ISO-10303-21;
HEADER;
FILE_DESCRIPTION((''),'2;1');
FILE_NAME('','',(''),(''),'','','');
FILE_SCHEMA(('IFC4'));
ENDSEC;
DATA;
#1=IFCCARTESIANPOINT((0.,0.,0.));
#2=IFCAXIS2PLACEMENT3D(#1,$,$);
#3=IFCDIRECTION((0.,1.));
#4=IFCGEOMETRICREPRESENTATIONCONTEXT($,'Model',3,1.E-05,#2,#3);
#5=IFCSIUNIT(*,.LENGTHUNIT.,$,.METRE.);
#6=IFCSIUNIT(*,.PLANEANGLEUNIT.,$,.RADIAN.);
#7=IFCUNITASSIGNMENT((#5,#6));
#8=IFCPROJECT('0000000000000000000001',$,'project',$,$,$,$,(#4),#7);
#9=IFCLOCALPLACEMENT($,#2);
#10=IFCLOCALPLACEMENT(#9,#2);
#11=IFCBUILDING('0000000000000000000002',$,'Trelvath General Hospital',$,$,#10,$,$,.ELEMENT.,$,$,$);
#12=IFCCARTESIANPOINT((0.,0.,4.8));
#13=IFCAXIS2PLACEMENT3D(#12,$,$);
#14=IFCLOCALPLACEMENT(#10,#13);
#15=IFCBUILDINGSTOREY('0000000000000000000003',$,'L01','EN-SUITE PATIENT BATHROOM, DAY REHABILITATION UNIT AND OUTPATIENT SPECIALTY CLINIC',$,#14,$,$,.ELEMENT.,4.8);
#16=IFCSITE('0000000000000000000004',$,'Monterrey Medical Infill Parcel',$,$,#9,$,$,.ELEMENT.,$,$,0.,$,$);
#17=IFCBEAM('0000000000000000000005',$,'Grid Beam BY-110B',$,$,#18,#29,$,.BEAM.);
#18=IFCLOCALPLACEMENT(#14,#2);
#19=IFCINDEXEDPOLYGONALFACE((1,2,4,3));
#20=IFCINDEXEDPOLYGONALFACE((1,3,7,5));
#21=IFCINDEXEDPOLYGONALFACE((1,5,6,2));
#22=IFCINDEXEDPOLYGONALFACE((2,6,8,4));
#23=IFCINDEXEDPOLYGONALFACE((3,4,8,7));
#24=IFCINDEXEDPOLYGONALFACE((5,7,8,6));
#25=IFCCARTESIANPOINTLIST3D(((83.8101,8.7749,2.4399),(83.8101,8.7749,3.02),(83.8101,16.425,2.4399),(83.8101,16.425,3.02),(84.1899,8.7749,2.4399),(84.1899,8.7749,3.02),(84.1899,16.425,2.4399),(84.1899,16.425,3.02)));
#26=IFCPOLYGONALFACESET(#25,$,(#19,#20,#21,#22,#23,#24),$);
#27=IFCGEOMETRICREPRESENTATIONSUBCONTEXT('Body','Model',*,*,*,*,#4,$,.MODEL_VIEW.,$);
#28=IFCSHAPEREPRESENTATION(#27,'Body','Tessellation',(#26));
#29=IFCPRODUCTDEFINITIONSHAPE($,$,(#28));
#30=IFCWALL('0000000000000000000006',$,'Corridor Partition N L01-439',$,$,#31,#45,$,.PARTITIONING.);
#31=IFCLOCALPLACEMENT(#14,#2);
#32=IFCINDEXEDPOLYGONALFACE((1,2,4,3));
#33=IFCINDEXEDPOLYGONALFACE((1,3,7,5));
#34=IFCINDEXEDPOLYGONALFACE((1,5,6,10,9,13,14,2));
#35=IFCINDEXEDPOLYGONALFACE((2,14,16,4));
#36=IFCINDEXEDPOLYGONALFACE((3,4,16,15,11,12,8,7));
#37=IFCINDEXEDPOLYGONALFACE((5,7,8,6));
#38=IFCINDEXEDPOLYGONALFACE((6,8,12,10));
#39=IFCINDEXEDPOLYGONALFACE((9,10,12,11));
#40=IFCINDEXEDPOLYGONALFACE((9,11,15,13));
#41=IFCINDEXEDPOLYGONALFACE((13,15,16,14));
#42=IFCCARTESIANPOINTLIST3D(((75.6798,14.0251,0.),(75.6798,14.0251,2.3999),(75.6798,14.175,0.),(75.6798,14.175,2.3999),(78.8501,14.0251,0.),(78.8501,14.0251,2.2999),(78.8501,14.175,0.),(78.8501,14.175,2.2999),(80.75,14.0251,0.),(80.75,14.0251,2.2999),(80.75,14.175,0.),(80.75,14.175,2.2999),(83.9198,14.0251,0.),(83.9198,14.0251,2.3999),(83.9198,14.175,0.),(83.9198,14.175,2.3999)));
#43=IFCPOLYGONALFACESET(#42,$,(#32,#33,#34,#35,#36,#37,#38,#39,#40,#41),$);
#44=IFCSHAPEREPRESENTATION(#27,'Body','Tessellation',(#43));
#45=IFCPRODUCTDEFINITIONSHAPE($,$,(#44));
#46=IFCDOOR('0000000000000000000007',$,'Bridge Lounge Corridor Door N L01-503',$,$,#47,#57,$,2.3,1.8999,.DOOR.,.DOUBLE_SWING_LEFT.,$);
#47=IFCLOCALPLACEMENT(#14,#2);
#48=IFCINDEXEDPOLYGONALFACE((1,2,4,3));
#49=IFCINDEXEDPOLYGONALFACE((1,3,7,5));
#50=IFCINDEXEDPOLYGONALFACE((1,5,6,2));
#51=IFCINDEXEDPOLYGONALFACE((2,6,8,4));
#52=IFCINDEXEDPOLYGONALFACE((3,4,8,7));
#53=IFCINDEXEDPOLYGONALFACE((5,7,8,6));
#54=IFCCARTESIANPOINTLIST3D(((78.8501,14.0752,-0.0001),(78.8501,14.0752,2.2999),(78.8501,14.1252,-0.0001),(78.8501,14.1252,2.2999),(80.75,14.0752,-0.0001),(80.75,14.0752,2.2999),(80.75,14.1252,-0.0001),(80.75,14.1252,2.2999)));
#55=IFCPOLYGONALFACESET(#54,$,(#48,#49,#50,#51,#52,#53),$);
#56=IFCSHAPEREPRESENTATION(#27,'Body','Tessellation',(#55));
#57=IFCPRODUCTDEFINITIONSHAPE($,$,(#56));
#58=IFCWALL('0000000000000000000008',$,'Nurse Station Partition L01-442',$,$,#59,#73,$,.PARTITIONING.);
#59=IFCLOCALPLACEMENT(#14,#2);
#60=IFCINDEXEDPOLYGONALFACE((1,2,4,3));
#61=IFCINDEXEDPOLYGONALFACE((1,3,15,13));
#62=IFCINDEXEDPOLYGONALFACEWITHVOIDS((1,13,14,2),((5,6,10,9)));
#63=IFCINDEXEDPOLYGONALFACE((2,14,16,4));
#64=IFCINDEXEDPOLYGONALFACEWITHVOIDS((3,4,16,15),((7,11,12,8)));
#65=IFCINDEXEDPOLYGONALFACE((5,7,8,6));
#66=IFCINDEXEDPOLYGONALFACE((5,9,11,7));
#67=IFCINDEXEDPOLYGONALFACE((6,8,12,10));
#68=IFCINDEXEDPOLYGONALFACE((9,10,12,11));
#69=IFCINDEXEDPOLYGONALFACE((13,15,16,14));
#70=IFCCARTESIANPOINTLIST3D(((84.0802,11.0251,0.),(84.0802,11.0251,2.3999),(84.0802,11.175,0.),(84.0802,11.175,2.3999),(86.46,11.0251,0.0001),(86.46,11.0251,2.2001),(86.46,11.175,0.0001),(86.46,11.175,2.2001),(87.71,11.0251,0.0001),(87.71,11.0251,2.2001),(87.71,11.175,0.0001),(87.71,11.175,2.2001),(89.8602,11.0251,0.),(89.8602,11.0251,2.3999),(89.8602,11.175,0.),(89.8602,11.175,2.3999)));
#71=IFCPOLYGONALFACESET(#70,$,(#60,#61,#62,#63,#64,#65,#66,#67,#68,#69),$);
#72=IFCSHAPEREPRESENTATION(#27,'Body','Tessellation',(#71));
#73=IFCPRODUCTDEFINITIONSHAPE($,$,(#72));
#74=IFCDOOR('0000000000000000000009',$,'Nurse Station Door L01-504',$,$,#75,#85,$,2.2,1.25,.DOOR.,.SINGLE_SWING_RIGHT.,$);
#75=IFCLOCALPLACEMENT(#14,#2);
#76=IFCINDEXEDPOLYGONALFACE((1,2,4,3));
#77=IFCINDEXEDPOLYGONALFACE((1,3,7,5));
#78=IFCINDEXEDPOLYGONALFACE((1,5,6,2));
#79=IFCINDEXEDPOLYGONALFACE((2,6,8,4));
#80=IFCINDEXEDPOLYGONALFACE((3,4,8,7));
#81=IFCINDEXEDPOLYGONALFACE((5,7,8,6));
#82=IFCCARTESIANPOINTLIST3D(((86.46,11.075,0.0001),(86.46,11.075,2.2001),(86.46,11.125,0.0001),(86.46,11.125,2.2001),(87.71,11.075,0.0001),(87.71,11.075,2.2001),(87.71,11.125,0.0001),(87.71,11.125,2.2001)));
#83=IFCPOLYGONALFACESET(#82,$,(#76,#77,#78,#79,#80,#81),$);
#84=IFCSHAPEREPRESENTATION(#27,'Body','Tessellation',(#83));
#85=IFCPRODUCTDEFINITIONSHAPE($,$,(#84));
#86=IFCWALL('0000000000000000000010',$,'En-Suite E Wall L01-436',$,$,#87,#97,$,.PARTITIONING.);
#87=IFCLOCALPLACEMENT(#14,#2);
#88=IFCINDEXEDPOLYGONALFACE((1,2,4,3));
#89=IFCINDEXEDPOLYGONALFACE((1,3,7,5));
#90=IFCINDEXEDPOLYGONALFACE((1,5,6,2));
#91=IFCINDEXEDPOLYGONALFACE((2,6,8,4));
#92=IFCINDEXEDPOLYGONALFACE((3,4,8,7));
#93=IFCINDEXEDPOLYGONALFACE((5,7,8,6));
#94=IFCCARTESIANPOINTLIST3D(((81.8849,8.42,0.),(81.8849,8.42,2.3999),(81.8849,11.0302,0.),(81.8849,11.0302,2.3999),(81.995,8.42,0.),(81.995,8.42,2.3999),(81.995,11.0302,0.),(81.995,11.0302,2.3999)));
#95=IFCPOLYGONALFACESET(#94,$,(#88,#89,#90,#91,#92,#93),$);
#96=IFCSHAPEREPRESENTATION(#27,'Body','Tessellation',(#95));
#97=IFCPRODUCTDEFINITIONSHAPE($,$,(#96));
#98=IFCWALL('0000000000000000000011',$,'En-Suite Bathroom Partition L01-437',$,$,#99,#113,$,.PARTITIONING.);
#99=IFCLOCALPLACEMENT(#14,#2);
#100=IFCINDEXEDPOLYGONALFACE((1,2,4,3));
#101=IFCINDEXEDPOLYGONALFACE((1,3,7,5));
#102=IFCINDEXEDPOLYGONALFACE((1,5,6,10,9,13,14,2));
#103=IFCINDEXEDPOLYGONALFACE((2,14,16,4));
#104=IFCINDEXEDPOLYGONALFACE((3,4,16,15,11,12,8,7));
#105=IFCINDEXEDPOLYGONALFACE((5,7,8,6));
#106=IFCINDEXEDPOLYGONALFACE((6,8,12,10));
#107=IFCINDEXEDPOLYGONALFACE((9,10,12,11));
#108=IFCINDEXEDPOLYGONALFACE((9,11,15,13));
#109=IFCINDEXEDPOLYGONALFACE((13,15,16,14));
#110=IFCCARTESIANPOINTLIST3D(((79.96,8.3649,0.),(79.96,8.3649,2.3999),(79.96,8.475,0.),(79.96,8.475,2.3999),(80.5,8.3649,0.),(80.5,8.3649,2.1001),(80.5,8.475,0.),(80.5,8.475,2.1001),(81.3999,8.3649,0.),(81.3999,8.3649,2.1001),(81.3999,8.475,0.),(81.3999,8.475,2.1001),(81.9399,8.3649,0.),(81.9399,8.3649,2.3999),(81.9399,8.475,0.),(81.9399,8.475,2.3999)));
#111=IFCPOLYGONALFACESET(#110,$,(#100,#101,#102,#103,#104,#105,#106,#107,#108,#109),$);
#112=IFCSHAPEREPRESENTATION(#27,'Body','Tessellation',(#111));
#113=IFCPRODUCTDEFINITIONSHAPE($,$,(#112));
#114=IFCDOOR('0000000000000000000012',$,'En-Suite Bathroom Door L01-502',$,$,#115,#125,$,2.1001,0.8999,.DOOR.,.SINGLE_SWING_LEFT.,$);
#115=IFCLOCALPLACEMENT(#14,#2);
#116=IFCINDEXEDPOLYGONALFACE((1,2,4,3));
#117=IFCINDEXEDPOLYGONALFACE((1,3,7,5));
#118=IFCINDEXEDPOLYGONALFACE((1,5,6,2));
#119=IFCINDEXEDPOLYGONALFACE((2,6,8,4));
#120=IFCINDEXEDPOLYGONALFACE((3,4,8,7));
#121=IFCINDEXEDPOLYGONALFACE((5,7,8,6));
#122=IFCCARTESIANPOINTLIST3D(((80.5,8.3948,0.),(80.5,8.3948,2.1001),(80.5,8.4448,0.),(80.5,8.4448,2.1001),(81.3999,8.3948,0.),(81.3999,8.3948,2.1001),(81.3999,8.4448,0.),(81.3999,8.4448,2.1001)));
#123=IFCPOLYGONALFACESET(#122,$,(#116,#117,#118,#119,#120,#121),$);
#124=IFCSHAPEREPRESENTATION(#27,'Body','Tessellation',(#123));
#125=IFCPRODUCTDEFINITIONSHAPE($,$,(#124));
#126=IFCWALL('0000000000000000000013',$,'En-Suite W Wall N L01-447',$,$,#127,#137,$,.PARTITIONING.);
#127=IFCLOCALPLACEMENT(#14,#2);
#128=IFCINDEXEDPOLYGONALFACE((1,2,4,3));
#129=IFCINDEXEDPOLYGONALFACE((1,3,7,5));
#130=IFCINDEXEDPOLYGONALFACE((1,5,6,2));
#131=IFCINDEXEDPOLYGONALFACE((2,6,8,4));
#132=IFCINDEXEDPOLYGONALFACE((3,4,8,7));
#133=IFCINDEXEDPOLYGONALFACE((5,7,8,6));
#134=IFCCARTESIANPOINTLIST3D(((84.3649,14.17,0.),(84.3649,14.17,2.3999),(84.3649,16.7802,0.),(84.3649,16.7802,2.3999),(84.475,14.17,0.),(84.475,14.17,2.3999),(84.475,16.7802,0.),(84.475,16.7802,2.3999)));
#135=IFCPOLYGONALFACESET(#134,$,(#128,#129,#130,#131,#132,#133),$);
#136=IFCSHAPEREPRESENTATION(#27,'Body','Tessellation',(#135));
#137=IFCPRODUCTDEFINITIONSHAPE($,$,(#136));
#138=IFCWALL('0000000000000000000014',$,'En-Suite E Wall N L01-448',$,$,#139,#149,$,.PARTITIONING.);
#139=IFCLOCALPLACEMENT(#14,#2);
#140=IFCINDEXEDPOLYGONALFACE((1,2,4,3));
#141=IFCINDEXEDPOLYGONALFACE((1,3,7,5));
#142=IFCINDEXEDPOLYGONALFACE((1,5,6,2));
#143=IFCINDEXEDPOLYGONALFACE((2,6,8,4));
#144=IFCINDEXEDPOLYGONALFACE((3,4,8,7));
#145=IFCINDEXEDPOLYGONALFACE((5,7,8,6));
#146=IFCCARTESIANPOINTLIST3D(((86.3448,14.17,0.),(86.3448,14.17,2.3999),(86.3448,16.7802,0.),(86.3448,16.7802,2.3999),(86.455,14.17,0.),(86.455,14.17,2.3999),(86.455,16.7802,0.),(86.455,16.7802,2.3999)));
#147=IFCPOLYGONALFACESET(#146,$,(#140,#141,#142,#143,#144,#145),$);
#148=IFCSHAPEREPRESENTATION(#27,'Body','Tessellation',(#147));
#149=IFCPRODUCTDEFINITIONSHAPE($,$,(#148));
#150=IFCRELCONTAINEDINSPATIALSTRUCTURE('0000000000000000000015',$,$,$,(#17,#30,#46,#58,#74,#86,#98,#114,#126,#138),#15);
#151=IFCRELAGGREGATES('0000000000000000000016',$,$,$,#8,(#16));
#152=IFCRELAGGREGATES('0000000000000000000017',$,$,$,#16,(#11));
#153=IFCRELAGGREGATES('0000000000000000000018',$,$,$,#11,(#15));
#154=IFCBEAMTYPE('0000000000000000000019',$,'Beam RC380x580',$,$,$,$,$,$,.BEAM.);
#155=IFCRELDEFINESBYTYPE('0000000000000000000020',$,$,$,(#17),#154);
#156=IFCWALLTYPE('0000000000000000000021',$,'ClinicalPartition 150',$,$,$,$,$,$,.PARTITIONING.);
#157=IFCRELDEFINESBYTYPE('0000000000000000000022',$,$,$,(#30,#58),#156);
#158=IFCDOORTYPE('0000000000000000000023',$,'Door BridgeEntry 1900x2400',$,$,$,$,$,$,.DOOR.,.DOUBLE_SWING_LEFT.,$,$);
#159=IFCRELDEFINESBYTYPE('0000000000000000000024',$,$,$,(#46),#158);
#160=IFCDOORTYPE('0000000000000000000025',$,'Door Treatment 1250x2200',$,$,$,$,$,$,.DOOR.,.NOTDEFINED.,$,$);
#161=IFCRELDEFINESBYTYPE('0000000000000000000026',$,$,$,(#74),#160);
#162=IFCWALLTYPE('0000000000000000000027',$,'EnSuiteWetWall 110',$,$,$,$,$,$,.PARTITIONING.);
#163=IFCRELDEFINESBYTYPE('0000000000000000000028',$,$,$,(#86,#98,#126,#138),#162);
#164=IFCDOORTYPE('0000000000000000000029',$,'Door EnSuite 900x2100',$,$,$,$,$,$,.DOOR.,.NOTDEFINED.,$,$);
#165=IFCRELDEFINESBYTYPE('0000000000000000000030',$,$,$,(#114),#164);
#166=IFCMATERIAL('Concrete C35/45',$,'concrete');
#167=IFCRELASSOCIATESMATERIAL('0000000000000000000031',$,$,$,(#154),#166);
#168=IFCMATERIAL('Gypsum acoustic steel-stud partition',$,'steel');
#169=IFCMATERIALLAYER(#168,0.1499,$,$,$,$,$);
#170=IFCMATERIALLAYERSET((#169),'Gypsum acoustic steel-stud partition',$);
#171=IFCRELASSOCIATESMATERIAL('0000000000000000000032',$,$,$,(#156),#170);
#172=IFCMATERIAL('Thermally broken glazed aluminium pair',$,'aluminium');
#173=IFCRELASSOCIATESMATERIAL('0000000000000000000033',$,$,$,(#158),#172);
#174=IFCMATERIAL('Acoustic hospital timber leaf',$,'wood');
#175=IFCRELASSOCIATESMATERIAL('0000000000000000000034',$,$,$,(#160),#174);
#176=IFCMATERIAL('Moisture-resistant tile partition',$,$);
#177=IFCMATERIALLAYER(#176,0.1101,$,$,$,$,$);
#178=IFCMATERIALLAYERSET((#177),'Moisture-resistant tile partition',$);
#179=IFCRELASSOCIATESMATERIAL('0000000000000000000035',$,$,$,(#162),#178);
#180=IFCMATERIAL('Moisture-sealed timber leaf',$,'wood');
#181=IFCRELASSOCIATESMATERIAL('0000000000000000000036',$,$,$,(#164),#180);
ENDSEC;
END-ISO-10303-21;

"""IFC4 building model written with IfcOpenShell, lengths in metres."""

from ifc_helpers import new_model, si_unit, direction, frame, frame_2d, origin, origin_2d, place, context, subcontext, project, spatial, rectangle, extrude, material, layer, layer_set, material_profile, profile_set, type_object, element, fill, save


model = new_model("IFC4")

# Units and contexts
model_context = context("Model", 3, precision=1e-05, world=origin(), true_north=direction((0.0, 1.0)))
body_context = subcontext(model_context, "Body", "Model", "MODEL_VIEW")
ifc_project = project(units=[si_unit("LENGTHUNIT", "METRE"), si_unit("PLANEANGLEUNIT", "RADIAN")], contexts=[model_context])

# Site, building, storey
site_placement = place(None, origin())
site = spatial("IfcSite", under=ifc_project, at=site_placement, Name="Monterrey Medical Infill Parcel", CompositionType="ELEMENT", RefElevation=0.0)
building_placement = place(site_placement, origin())
building = spatial("IfcBuilding", under=site, at=building_placement, Name="Trelvath General Hospital", CompositionType="ELEMENT")
storey_placement = place(building_placement, frame((0.0, 0.0, 4.8)))
storey = spatial("IfcBuildingStorey", under=building, at=storey_placement, Name="L01", Description="EN-SUITE PATIENT BATHROOM, DAY REHABILITATION UNIT AND OUTPATIENT SPECIALTY CLINIC", CompositionType="ELEMENT", Elevation=4.8)

# Beam
ifc_material_1 = material(Name="Concrete C35/45", Category="concrete")
ifc_material_profile = material_profile(ifc_material_1, rectangle(XDim=0.3799, YDim=0.5801, at=origin_2d()), Name="RCB380x580")
ifc_profile_set = profile_set([ifc_material_profile], Name="Concrete C35/45")
beam_type = type_object("IfcBeamType", Name="Beam RC380x580", PredefinedType="BEAM", material=ifc_profile_set)
beam_placement = place(storey_placement, frame((84.0, 8.7749, 2.73), z_axis=(0.0, 1.0, 0.0), x_axis=(-1.0, 0.0, 0.0)))
element("IfcBeam", 1, at=beam_placement, inside=storey, type_object=beam_type, Name="Grid Beam BY-110B", PredefinedType="BEAM", context=body_context, shape_type="SweptSolid", body=[
    extrude(rectangle(XDim=0.3799, YDim=0.5801, at=origin_2d()), origin(), (0.0, 0.0, 1.0), 7.6501),
])

# Walls, openings, doors
ifc_material_2 = material(Name="Gypsum acoustic steel-stud partition", Category="steel")
ifc_layer_1 = layer(ifc_material_2, 0.1499)
ifc_layer_set_1 = layer_set([ifc_layer_1], Name="Gypsum acoustic steel-stud partition")
wall_type_1 = type_object("IfcWallType", Name="ClinicalPartition 150", PredefinedType="PARTITIONING", material=ifc_layer_set_1)
wall_1_placement = place(storey_placement, frame((83.9199, 14.1001, 0.0), z_axis=(0.0, 0.0, 1.0), x_axis=(-1.0, 0.0, 0.0)))
wall_1 = element("IfcWall", 2, at=wall_1_placement, inside=storey, type_object=wall_type_1, Name="Corridor Partition N L01-439", PredefinedType="PARTITIONING", context=body_context, shape_type="SweptSolid", body=[
    extrude(rectangle(XDim=8.24, YDim=0.1499, at=frame_2d((4.1201, 0.0))), origin(), (0.0, 0.0, 1.0), 2.3999),
])
opening_1_placement = place(wall_1_placement, frame((3.1699, 0.0, 0.0)))
opening_1 = element("IfcOpeningElement", 3, at=opening_1_placement, cuts=wall_1, PredefinedType="OPENING", context=body_context, shape_type="SweptSolid", body=[
    extrude(rectangle(XDim=1.8999, YDim=2.3, at=frame_2d((0.95, 1.1499))), frame((0.0, 0.085, 0.0), z_axis=(0.0, -1.0, 0.0), x_axis=(1.0, 0.0, 0.0)), (0.0, 0.0, 1.0), 0.1699),
])
ifc_material_3 = material(Name="Thermally broken glazed aluminium pair", Category="aluminium")
door_type_1 = type_object("IfcDoorType", Name="Door BridgeEntry 1900x2400", OperationType="DOUBLE_SWING_LEFT", PredefinedType="DOOR", material=ifc_material_3)
door_1_placement = place(opening_1_placement, origin())
door_1 = element("IfcDoor", 4, at=door_1_placement, inside=storey, type_object=door_type_1, Name="Bridge Lounge Corridor Door N L01-503", OperationType="DOUBLE_SWING_LEFT", OverallHeight=2.3, OverallWidth=1.8999, PredefinedType="DOOR", context=body_context, shape_type="SweptSolid", body=[
    extrude(rectangle(XDim=1.8999, YDim=2.3, at=frame_2d((0.95, 1.1499))), frame((0.0, 0.0249, 0.0), z_axis=(0.0, -1.0, 0.0), x_axis=(1.0, 0.0, 0.0)), (0.0, 0.0, 1.0), 0.05),
])
fill(opening_1, door_1)
wall_2_placement = place(storey_placement, frame((84.0801, 11.1001, 0.0), z_axis=(0.0, 0.0, 1.0), x_axis=(1.0, 0.0, 0.0)))
wall_2 = element("IfcWall", 5, at=wall_2_placement, inside=storey, type_object=wall_type_1, Name="Nurse Station Partition L01-442", PredefinedType="PARTITIONING", context=body_context, shape_type="SweptSolid", body=[
    extrude(rectangle(XDim=5.78, YDim=0.1499, at=frame_2d((2.8901, 0.0))), origin(), (0.0, 0.0, 1.0), 2.3999),
])
opening_2_placement = place(wall_2_placement, frame((2.3799, 0.0, 0.0)))
opening_2 = element("IfcOpeningElement", 6, at=opening_2_placement, cuts=wall_2, PredefinedType="OPENING", context=body_context, shape_type="SweptSolid", body=[
    extrude(rectangle(XDim=1.25, YDim=2.2, at=frame_2d((0.625, 1.1001))), frame((0.0, 0.085, 0.0), z_axis=(0.0, -1.0, 0.0), x_axis=(1.0, 0.0, 0.0)), (0.0, 0.0, 1.0), 0.1699),
])
ifc_material_4 = material(Name="Acoustic hospital timber leaf", Category="wood")
door_type_2 = type_object("IfcDoorType", Name="Door Treatment 1250x2200", OperationType="NOTDEFINED", PredefinedType="DOOR", material=ifc_material_4)
door_2_placement = place(opening_2_placement, origin())
door_2 = element("IfcDoor", 7, at=door_2_placement, inside=storey, type_object=door_type_2, Name="Nurse Station Door L01-504", OperationType="SINGLE_SWING_RIGHT", OverallHeight=2.2, OverallWidth=1.25, PredefinedType="DOOR", context=body_context, shape_type="SweptSolid", body=[
    extrude(rectangle(XDim=1.25, YDim=2.2, at=frame_2d((0.625, 1.1001))), frame((0.0, 0.0249, 0.0), z_axis=(0.0, -1.0, 0.0), x_axis=(1.0, 0.0, 0.0)), (0.0, 0.0, 1.0), 0.05),
])
fill(opening_2, door_2)

# Wall
ifc_material_5 = material(Name="Moisture-resistant tile partition")
ifc_layer_2 = layer(ifc_material_5, 0.1101)
ifc_layer_set_2 = layer_set([ifc_layer_2], Name="Moisture-resistant tile partition")
wall_type_2 = type_object("IfcWallType", Name="EnSuiteWetWall 110", PredefinedType="PARTITIONING", material=ifc_layer_set_2)
wall_3_placement = place(storey_placement, frame((81.9399, 8.4199, 0.0), z_axis=(0.0, 0.0, 1.0), x_axis=(0.0, 1.0, 0.0)))
element("IfcWall", 8, at=wall_3_placement, inside=storey, type_object=wall_type_2, Name="En-Suite E Wall L01-436", PredefinedType="PARTITIONING", context=body_context, shape_type="SweptSolid", body=[
    extrude(rectangle(XDim=2.6101, YDim=0.1101, at=frame_2d((1.3052, 0.0))), origin(), (0.0, 0.0, 1.0), 2.3999),
])

# Wall, opening, door
wall_4_placement = place(storey_placement, frame((79.96, 8.4199, 0.0), z_axis=(0.0, 0.0, 1.0), x_axis=(1.0, 0.0, 0.0)))
wall_4 = element("IfcWall", 9, at=wall_4_placement, inside=storey, type_object=wall_type_2, Name="En-Suite Bathroom Partition L01-437", PredefinedType="PARTITIONING", context=body_context, shape_type="SweptSolid", body=[
    extrude(rectangle(XDim=1.98, YDim=0.1101, at=frame_2d((0.99, 0.0))), origin(), (0.0, 0.0, 1.0), 2.3999),
])
opening_3_placement = place(wall_4_placement, frame((0.54, 0.0, 0.0)))
opening_3 = element("IfcOpeningElement", 10, at=opening_3_placement, cuts=wall_4, PredefinedType="OPENING", context=body_context, shape_type="SweptSolid", body=[
    extrude(rectangle(XDim=0.8999, YDim=2.1001, at=frame_2d((0.45, 1.05))), frame((0.0, 0.0649, 0.0), z_axis=(0.0, -1.0, 0.0), x_axis=(1.0, 0.0, 0.0)), (0.0, 0.0, 1.0), 0.1301),
])
ifc_material_6 = material(Name="Moisture-sealed timber leaf", Category="wood")
door_type_3 = type_object("IfcDoorType", Name="Door EnSuite 900x2100", OperationType="NOTDEFINED", PredefinedType="DOOR", material=ifc_material_6)
door_3_placement = place(opening_3_placement, origin())
door_3 = element("IfcDoor", 11, at=door_3_placement, inside=storey, type_object=door_type_3, Name="En-Suite Bathroom Door L01-502", OperationType="SINGLE_SWING_LEFT", OverallHeight=2.1001, OverallWidth=0.8999, PredefinedType="DOOR", context=body_context, shape_type="SweptSolid", body=[
    extrude(rectangle(XDim=0.8999, YDim=2.1001, at=frame_2d((0.45, 1.05))), frame((0.0, 0.0249, 0.0), z_axis=(0.0, -1.0, 0.0), x_axis=(1.0, 0.0, 0.0)), (0.0, 0.0, 1.0), 0.05),
])
fill(opening_3, door_3)

# Walls
for number, where, z_axis, x_axis, name in (
    (12, (84.4199, 14.1699, 0.0), (0.0, 0.0, 1.0), (0.0, 1.0, 0.0), "En-Suite W Wall N L01-447"),
    (13, (86.3999, 14.1699, 0.0), (0.0, 0.0, 1.0), (0.0, 1.0, 0.0), "En-Suite E Wall N L01-448"),
):
    element("IfcWall", number, at=place(storey_placement, frame(where, z_axis=z_axis, x_axis=x_axis)), inside=storey, type_object=wall_type_2, Name=name, PredefinedType="PARTITIONING", context=body_context, shape_type="SweptSolid", body=[
        extrude(rectangle(XDim=2.6101, YDim=0.1101, at=frame_2d((1.3052, 0.0))), origin(), (0.0, 0.0, 1.0), 2.3999),
    ])

save(model, "model.ifc")
